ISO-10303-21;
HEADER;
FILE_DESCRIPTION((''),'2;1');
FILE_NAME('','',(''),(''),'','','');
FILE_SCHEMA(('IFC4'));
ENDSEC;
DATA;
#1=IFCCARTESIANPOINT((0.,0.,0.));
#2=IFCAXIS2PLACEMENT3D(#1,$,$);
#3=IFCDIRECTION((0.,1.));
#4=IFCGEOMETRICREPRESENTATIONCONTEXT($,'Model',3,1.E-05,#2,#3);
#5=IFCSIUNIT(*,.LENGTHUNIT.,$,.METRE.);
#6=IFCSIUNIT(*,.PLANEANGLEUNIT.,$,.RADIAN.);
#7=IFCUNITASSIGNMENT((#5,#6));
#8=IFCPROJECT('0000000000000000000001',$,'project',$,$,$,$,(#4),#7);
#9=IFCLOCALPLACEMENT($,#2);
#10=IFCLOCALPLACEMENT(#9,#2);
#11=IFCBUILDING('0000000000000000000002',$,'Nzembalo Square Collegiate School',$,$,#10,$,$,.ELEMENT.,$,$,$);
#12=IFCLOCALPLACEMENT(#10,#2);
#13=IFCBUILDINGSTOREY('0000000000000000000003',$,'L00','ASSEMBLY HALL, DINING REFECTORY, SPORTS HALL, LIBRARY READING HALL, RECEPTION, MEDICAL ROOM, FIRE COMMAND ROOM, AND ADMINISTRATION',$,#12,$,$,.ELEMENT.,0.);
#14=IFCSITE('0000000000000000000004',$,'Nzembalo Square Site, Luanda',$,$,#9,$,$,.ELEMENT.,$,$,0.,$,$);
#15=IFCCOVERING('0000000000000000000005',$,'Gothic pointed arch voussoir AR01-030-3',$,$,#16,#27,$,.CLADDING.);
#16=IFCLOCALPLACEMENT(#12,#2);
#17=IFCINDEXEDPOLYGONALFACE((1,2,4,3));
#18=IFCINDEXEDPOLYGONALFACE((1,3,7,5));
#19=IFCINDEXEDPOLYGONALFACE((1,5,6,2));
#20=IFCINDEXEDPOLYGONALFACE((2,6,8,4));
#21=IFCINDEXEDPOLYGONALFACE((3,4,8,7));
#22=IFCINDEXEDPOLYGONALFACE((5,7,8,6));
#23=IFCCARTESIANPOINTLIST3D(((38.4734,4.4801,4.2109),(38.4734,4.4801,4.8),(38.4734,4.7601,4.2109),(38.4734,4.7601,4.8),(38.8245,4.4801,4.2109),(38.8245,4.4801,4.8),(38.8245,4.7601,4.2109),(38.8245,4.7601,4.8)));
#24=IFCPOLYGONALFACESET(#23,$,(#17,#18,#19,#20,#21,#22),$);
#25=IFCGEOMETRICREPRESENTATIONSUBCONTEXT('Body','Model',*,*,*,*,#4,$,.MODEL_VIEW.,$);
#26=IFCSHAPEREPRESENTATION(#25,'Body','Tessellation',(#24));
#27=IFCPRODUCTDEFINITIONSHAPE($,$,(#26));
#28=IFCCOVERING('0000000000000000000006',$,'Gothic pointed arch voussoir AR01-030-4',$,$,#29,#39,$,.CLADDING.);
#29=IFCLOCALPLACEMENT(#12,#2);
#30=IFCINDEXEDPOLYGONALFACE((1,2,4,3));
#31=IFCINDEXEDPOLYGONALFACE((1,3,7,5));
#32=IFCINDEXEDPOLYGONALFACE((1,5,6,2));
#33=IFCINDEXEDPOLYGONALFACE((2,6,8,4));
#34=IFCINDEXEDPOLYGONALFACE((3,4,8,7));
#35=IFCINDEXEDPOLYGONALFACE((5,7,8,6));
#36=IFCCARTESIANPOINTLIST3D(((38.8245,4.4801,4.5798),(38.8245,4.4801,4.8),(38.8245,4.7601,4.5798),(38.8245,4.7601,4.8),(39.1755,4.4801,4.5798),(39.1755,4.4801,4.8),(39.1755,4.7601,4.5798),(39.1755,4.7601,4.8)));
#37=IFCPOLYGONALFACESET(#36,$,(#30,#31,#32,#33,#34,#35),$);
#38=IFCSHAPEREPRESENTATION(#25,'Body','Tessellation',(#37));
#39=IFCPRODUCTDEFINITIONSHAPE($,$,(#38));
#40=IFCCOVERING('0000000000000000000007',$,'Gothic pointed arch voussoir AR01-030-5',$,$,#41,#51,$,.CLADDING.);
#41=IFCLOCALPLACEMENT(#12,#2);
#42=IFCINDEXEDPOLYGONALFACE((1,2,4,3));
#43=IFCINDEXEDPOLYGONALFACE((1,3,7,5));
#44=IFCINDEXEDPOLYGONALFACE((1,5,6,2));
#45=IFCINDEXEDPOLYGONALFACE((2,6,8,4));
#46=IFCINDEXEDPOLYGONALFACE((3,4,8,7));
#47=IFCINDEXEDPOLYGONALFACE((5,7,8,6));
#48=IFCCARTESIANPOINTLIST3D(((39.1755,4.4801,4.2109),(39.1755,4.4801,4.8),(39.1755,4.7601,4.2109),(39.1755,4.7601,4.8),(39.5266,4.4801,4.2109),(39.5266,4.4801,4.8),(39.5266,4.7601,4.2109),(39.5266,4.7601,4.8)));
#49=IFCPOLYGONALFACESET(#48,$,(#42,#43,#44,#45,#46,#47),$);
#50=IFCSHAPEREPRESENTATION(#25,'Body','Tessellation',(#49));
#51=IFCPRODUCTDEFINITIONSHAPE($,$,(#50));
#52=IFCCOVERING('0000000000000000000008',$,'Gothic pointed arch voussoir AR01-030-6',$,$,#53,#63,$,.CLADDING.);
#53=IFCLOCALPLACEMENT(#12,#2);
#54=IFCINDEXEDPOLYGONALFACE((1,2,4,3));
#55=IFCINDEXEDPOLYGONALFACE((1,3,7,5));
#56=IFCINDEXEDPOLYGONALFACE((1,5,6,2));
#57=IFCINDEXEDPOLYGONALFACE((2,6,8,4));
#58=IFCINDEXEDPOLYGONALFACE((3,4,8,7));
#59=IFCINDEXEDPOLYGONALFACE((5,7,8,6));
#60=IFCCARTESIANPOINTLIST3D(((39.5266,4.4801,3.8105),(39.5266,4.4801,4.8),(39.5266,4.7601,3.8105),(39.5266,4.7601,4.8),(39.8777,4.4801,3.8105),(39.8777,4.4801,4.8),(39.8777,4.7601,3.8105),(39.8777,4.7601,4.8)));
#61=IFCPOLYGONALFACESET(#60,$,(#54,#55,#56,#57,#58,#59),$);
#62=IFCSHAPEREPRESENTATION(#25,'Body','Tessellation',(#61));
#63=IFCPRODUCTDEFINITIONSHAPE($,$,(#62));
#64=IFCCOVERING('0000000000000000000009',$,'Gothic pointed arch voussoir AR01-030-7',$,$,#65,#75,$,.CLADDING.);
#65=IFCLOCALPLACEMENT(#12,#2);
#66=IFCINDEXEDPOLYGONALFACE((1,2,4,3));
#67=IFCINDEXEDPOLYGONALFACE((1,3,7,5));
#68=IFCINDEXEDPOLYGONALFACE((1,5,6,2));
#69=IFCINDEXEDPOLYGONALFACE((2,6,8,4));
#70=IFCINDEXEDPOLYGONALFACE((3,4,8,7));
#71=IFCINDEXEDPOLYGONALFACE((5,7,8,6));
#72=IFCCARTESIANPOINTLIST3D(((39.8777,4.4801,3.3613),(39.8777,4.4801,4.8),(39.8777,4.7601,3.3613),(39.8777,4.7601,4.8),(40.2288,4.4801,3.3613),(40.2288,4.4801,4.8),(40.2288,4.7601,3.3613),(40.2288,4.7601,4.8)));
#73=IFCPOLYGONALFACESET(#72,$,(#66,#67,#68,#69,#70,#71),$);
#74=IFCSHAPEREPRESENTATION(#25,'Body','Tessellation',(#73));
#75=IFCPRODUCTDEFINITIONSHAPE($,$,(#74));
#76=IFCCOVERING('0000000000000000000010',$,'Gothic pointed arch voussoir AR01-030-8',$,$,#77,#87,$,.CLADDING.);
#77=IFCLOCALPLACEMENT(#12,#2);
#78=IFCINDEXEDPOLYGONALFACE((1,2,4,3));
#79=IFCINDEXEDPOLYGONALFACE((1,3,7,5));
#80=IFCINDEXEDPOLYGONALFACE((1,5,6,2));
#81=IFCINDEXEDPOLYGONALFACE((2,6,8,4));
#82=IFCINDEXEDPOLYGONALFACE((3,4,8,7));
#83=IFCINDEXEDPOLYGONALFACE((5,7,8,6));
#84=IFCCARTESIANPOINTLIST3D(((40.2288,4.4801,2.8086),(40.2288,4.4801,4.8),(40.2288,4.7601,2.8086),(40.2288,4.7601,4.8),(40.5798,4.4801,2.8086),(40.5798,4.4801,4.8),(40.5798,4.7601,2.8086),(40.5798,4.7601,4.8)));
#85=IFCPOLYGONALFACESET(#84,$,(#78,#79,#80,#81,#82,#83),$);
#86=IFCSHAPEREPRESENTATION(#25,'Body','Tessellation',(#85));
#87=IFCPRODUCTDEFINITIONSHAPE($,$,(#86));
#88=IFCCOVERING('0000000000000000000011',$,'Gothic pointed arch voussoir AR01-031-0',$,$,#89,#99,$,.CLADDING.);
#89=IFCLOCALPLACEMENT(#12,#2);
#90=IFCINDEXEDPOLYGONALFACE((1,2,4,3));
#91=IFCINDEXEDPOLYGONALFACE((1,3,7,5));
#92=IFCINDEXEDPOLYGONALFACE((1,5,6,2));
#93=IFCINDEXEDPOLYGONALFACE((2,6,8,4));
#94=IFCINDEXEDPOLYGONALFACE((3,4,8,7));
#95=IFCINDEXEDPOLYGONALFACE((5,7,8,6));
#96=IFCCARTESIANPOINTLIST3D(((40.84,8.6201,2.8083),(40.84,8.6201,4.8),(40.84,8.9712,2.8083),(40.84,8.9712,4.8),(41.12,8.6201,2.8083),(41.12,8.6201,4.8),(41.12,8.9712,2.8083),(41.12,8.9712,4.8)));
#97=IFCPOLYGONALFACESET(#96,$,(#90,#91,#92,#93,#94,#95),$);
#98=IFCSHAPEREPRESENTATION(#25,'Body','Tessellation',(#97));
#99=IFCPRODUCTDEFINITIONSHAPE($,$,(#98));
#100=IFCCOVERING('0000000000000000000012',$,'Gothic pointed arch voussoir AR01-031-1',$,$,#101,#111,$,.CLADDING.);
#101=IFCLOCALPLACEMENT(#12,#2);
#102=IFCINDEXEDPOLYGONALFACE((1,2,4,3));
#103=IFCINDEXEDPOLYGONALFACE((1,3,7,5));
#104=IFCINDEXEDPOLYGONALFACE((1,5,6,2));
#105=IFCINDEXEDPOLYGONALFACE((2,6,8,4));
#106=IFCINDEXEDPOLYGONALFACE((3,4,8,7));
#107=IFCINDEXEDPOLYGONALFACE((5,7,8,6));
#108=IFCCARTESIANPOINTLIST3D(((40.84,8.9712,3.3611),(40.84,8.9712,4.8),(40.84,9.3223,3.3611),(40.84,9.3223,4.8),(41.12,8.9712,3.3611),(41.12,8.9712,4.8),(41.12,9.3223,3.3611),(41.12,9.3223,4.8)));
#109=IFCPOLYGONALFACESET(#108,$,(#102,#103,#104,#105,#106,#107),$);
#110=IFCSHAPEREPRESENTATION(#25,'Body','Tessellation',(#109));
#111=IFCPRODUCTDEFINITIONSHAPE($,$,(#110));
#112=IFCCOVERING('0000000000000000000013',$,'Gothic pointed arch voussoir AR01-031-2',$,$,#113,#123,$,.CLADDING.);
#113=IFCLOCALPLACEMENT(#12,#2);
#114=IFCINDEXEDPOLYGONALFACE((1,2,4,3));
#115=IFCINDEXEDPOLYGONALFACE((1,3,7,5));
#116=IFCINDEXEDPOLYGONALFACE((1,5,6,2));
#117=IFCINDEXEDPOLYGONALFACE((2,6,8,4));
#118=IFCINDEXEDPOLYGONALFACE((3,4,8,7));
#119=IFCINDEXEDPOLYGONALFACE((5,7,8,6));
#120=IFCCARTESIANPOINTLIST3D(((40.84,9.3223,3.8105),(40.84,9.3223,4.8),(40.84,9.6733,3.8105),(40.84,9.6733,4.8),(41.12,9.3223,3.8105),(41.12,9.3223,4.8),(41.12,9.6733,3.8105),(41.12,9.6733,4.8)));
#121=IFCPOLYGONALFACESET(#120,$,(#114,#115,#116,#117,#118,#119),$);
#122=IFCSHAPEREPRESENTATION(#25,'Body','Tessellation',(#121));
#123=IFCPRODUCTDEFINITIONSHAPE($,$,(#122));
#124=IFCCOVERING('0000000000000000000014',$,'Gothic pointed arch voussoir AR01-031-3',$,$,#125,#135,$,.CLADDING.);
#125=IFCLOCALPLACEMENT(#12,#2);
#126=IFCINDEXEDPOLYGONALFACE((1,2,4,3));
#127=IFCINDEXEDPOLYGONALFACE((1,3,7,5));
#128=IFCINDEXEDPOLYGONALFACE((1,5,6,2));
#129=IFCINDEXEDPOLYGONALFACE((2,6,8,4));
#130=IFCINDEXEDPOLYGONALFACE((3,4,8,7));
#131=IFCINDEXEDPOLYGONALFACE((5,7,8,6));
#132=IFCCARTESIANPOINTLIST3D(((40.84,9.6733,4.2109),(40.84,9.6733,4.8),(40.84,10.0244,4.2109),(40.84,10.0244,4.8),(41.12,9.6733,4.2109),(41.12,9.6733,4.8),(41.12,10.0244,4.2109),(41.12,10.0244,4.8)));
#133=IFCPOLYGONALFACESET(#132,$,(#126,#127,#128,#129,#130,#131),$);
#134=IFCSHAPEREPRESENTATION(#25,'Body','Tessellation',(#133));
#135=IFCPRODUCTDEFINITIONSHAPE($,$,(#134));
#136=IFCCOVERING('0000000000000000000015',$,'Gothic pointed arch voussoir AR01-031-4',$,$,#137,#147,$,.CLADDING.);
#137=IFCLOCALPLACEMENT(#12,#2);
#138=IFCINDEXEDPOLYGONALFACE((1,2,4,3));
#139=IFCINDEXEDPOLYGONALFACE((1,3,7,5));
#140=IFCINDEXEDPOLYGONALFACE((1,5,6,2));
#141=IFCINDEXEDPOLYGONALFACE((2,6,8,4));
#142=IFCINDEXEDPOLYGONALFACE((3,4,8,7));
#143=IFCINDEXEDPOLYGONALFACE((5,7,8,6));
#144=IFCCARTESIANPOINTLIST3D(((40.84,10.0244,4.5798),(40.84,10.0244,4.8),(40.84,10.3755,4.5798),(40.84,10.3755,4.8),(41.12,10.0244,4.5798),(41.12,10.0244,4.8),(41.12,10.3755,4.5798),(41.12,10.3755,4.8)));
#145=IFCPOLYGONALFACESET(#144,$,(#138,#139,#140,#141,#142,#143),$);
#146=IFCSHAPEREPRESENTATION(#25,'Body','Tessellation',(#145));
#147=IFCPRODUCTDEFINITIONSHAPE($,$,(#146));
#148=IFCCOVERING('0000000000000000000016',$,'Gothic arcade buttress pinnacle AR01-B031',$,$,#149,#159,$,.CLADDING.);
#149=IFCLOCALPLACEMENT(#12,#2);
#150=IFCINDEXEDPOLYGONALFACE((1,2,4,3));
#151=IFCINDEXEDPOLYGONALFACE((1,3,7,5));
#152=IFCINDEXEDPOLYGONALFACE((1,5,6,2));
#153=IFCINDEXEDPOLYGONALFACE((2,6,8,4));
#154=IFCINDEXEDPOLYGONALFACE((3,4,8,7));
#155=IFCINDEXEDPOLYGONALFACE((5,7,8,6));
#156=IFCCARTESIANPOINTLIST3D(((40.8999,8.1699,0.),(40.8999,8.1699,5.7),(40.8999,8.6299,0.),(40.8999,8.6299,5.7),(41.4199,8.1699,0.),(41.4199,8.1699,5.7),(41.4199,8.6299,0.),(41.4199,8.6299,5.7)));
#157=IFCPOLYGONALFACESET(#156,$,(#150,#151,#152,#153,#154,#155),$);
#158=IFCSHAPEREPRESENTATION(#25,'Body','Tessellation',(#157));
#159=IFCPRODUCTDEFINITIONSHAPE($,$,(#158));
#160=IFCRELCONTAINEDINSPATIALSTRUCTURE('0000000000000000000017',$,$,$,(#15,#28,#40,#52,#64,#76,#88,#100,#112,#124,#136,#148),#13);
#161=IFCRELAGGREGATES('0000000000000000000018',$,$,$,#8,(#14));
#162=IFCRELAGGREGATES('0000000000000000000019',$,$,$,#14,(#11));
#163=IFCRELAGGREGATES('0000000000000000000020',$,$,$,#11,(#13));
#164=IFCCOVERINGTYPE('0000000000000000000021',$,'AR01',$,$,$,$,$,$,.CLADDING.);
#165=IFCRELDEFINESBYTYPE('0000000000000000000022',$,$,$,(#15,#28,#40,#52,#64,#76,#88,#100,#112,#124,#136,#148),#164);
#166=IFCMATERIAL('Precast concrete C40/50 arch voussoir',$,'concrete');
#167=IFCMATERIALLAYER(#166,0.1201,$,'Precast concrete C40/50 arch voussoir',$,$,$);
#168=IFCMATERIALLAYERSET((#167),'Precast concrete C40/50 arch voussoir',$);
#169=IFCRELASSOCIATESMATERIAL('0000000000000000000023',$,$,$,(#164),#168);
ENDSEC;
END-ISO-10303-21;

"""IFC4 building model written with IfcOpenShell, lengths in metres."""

from ifc_helpers import new_model, si_unit, direction, frame, origin, origin_2d, place, context, subcontext, project, spatial, rectangle, extrude, material, layer, layer_set, type_object, element, save


model = new_model("IFC4")

# Units and contexts
model_context = context("Model", 3, precision=1e-05, world=origin(), true_north=direction((0.0, 1.0)))
body_context = subcontext(model_context, "Body", "Model", "MODEL_VIEW")
ifc_project = project(units=[si_unit("LENGTHUNIT", "METRE"), si_unit("PLANEANGLEUNIT", "RADIAN")], contexts=[model_context])

# Site, building, storey
site_placement = place(None, origin())
site = spatial("IfcSite", under=ifc_project, at=site_placement, Name="Nzembalo Square Site, Luanda", CompositionType="ELEMENT", RefElevation=0.0)
building_placement = place(site_placement, origin())
building = spatial("IfcBuilding", under=site, at=building_placement, Name="Nzembalo Square Collegiate School", CompositionType="ELEMENT")
storey_placement = place(building_placement, origin())
storey = spatial("IfcBuildingStorey", under=building, at=storey_placement, Name="L00", Description="ASSEMBLY HALL, DINING REFECTORY, SPORTS HALL, LIBRARY READING HALL, RECEPTION, MEDICAL ROOM, FIRE COMMAND ROOM, AND ADMINISTRATION", CompositionType="ELEMENT", Elevation=0.0)

# Coverings
ifc_material_1 = material(Name="Precast concrete C40/50 arch voussoir", Category="concrete")
ifc_layer_1 = layer(ifc_material_1, 0.1201, Name="Precast concrete C40/50 arch voussoir")
ifc_layer_set_1 = layer_set([ifc_layer_1], Name="Precast concrete C40/50 arch voussoir")
covering_type = type_object("IfcCoveringType", Name="AR01", PredefinedType="CLADDING", material=ifc_layer_set_1)
covering_1_placement = place(storey_placement, frame((38.6489, 4.6201, 4.2109), z_axis=(0.0, 0.0, 1.0), x_axis=(1.0, 0.0, 0.0)))
element("IfcCovering", 1, at=covering_1_placement, inside=storey, type_object=covering_type, Name="Gothic pointed arch voussoir AR01-030-3", PredefinedType="CLADDING", context=body_context, shape_type="SweptSolid", body=[
    extrude(rectangle(XDim=0.3511, YDim=0.28, at=origin_2d()), origin(), (0.0, 0.0, 1.0), 0.5891),
])
covering_2_placement = place(storey_placement, frame((39.0, 4.6201, 4.5798), z_axis=(0.0, 0.0, 1.0), x_axis=(1.0, 0.0, 0.0)))
element("IfcCovering", 2, at=covering_2_placement, inside=storey, type_object=covering_type, Name="Gothic pointed arch voussoir AR01-030-4", PredefinedType="CLADDING", context=body_context, shape_type="SweptSolid", body=[
    extrude(rectangle(XDim=0.3511, YDim=0.28, at=origin_2d()), origin(), (0.0, 0.0, 1.0), 0.2202),
])
covering_3_placement = place(storey_placement, frame((39.3511, 4.6201, 4.2109), z_axis=(0.0, 0.0, 1.0), x_axis=(1.0, 0.0, 0.0)))
element("IfcCovering", 3, at=covering_3_placement, inside=storey, type_object=covering_type, Name="Gothic pointed arch voussoir AR01-030-5", PredefinedType="CLADDING", context=body_context, shape_type="SweptSolid", body=[
    extrude(rectangle(XDim=0.3511, YDim=0.28, at=origin_2d()), origin(), (0.0, 0.0, 1.0), 0.5891),
])
covering_4_placement = place(storey_placement, frame((39.7021, 4.6201, 3.8105), z_axis=(0.0, 0.0, 1.0), x_axis=(1.0, 0.0, 0.0)))
element("IfcCovering", 4, at=covering_4_placement, inside=storey, type_object=covering_type, Name="Gothic pointed arch voussoir AR01-030-6", PredefinedType="CLADDING", context=body_context, shape_type="SweptSolid", body=[
    extrude(rectangle(XDim=0.3511, YDim=0.28, at=origin_2d()), origin(), (0.0, 0.0, 1.0), 0.9895),
])
covering_5_placement = place(storey_placement, frame((40.0532, 4.6201, 3.3613), z_axis=(0.0, 0.0, 1.0), x_axis=(1.0, 0.0, 0.0)))
element("IfcCovering", 5, at=covering_5_placement, inside=storey, type_object=covering_type, Name="Gothic pointed arch voussoir AR01-030-7", PredefinedType="CLADDING", context=body_context, shape_type="SweptSolid", body=[
    extrude(rectangle(XDim=0.3511, YDim=0.28, at=origin_2d()), origin(), (0.0, 0.0, 1.0), 1.4387),
])
covering_6_placement = place(storey_placement, frame((40.4043, 4.6201, 2.8086), z_axis=(0.0, 0.0, 1.0), x_axis=(1.0, 0.0, 0.0)))
element("IfcCovering", 6, at=covering_6_placement, inside=storey, type_object=covering_type, Name="Gothic pointed arch voussoir AR01-030-8", PredefinedType="CLADDING", context=body_context, shape_type="SweptSolid", body=[
    extrude(rectangle(XDim=0.3511, YDim=0.28, at=origin_2d()), origin(), (0.0, 0.0, 1.0), 1.9915),
])
covering_7_placement = place(storey_placement, frame((40.98, 8.7957, 2.8083), z_axis=(0.0, 0.0, 1.0), x_axis=(1.0, 0.0, 0.0)))
element("IfcCovering", 7, at=covering_7_placement, inside=storey, type_object=covering_type, Name="Gothic pointed arch voussoir AR01-031-0", PredefinedType="CLADDING", context=body_context, shape_type="SweptSolid", body=[
    extrude(rectangle(XDim=0.28, YDim=0.3511, at=origin_2d()), origin(), (0.0, 0.0, 1.0), 1.9917),
])
covering_8_placement = place(storey_placement, frame((40.98, 9.1467, 3.3611), z_axis=(0.0, 0.0, 1.0), x_axis=(1.0, 0.0, 0.0)))
element("IfcCovering", 8, at=covering_8_placement, inside=storey, type_object=covering_type, Name="Gothic pointed arch voussoir AR01-031-1", PredefinedType="CLADDING", context=body_context, shape_type="SweptSolid", body=[
    extrude(rectangle(XDim=0.28, YDim=0.3511, at=origin_2d()), origin(), (0.0, 0.0, 1.0), 1.439),
])
covering_9_placement = place(storey_placement, frame((40.98, 9.4978, 3.8105), z_axis=(0.0, 0.0, 1.0), x_axis=(1.0, 0.0, 0.0)))
element("IfcCovering", 9, at=covering_9_placement, inside=storey, type_object=covering_type, Name="Gothic pointed arch voussoir AR01-031-2", PredefinedType="CLADDING", context=body_context, shape_type="SweptSolid", body=[
    extrude(rectangle(XDim=0.28, YDim=0.3511, at=origin_2d()), origin(), (0.0, 0.0, 1.0), 0.9895),
])
covering_10_placement = place(storey_placement, frame((40.98, 9.8489, 4.2109), z_axis=(0.0, 0.0, 1.0), x_axis=(1.0, 0.0, 0.0)))
element("IfcCovering", 10, at=covering_10_placement, inside=storey, type_object=covering_type, Name="Gothic pointed arch voussoir AR01-031-3", PredefinedType="CLADDING", context=body_context, shape_type="SweptSolid", body=[
    extrude(rectangle(XDim=0.28, YDim=0.3511, at=origin_2d()), origin(), (0.0, 0.0, 1.0), 0.5891),
])
covering_11_placement = place(storey_placement, frame((40.98, 10.2, 4.5798), z_axis=(0.0, 0.0, 1.0), x_axis=(1.0, 0.0, 0.0)))
element("IfcCovering", 11, at=covering_11_placement, inside=storey, type_object=covering_type, Name="Gothic pointed arch voussoir AR01-031-4", PredefinedType="CLADDING", context=body_context, shape_type="SweptSolid", body=[
    extrude(rectangle(XDim=0.28, YDim=0.3511, at=origin_2d()), origin(), (0.0, 0.0, 1.0), 0.2202),
])
covering_12_placement = place(storey_placement, frame((41.1599, 8.3999, 0.0), z_axis=(0.0, 0.0, 1.0), x_axis=(1.0, 0.0, 0.0)))
element("IfcCovering", 12, at=covering_12_placement, inside=storey, type_object=covering_type, Name="Gothic arcade buttress pinnacle AR01-B031", PredefinedType="CLADDING", context=body_context, shape_type="SweptSolid", body=[
    extrude(rectangle(XDim=0.52, YDim=0.46, at=origin_2d()), origin(), (0.0, 0.0, 1.0), 5.7),
])

save(model, "model.ifc")
